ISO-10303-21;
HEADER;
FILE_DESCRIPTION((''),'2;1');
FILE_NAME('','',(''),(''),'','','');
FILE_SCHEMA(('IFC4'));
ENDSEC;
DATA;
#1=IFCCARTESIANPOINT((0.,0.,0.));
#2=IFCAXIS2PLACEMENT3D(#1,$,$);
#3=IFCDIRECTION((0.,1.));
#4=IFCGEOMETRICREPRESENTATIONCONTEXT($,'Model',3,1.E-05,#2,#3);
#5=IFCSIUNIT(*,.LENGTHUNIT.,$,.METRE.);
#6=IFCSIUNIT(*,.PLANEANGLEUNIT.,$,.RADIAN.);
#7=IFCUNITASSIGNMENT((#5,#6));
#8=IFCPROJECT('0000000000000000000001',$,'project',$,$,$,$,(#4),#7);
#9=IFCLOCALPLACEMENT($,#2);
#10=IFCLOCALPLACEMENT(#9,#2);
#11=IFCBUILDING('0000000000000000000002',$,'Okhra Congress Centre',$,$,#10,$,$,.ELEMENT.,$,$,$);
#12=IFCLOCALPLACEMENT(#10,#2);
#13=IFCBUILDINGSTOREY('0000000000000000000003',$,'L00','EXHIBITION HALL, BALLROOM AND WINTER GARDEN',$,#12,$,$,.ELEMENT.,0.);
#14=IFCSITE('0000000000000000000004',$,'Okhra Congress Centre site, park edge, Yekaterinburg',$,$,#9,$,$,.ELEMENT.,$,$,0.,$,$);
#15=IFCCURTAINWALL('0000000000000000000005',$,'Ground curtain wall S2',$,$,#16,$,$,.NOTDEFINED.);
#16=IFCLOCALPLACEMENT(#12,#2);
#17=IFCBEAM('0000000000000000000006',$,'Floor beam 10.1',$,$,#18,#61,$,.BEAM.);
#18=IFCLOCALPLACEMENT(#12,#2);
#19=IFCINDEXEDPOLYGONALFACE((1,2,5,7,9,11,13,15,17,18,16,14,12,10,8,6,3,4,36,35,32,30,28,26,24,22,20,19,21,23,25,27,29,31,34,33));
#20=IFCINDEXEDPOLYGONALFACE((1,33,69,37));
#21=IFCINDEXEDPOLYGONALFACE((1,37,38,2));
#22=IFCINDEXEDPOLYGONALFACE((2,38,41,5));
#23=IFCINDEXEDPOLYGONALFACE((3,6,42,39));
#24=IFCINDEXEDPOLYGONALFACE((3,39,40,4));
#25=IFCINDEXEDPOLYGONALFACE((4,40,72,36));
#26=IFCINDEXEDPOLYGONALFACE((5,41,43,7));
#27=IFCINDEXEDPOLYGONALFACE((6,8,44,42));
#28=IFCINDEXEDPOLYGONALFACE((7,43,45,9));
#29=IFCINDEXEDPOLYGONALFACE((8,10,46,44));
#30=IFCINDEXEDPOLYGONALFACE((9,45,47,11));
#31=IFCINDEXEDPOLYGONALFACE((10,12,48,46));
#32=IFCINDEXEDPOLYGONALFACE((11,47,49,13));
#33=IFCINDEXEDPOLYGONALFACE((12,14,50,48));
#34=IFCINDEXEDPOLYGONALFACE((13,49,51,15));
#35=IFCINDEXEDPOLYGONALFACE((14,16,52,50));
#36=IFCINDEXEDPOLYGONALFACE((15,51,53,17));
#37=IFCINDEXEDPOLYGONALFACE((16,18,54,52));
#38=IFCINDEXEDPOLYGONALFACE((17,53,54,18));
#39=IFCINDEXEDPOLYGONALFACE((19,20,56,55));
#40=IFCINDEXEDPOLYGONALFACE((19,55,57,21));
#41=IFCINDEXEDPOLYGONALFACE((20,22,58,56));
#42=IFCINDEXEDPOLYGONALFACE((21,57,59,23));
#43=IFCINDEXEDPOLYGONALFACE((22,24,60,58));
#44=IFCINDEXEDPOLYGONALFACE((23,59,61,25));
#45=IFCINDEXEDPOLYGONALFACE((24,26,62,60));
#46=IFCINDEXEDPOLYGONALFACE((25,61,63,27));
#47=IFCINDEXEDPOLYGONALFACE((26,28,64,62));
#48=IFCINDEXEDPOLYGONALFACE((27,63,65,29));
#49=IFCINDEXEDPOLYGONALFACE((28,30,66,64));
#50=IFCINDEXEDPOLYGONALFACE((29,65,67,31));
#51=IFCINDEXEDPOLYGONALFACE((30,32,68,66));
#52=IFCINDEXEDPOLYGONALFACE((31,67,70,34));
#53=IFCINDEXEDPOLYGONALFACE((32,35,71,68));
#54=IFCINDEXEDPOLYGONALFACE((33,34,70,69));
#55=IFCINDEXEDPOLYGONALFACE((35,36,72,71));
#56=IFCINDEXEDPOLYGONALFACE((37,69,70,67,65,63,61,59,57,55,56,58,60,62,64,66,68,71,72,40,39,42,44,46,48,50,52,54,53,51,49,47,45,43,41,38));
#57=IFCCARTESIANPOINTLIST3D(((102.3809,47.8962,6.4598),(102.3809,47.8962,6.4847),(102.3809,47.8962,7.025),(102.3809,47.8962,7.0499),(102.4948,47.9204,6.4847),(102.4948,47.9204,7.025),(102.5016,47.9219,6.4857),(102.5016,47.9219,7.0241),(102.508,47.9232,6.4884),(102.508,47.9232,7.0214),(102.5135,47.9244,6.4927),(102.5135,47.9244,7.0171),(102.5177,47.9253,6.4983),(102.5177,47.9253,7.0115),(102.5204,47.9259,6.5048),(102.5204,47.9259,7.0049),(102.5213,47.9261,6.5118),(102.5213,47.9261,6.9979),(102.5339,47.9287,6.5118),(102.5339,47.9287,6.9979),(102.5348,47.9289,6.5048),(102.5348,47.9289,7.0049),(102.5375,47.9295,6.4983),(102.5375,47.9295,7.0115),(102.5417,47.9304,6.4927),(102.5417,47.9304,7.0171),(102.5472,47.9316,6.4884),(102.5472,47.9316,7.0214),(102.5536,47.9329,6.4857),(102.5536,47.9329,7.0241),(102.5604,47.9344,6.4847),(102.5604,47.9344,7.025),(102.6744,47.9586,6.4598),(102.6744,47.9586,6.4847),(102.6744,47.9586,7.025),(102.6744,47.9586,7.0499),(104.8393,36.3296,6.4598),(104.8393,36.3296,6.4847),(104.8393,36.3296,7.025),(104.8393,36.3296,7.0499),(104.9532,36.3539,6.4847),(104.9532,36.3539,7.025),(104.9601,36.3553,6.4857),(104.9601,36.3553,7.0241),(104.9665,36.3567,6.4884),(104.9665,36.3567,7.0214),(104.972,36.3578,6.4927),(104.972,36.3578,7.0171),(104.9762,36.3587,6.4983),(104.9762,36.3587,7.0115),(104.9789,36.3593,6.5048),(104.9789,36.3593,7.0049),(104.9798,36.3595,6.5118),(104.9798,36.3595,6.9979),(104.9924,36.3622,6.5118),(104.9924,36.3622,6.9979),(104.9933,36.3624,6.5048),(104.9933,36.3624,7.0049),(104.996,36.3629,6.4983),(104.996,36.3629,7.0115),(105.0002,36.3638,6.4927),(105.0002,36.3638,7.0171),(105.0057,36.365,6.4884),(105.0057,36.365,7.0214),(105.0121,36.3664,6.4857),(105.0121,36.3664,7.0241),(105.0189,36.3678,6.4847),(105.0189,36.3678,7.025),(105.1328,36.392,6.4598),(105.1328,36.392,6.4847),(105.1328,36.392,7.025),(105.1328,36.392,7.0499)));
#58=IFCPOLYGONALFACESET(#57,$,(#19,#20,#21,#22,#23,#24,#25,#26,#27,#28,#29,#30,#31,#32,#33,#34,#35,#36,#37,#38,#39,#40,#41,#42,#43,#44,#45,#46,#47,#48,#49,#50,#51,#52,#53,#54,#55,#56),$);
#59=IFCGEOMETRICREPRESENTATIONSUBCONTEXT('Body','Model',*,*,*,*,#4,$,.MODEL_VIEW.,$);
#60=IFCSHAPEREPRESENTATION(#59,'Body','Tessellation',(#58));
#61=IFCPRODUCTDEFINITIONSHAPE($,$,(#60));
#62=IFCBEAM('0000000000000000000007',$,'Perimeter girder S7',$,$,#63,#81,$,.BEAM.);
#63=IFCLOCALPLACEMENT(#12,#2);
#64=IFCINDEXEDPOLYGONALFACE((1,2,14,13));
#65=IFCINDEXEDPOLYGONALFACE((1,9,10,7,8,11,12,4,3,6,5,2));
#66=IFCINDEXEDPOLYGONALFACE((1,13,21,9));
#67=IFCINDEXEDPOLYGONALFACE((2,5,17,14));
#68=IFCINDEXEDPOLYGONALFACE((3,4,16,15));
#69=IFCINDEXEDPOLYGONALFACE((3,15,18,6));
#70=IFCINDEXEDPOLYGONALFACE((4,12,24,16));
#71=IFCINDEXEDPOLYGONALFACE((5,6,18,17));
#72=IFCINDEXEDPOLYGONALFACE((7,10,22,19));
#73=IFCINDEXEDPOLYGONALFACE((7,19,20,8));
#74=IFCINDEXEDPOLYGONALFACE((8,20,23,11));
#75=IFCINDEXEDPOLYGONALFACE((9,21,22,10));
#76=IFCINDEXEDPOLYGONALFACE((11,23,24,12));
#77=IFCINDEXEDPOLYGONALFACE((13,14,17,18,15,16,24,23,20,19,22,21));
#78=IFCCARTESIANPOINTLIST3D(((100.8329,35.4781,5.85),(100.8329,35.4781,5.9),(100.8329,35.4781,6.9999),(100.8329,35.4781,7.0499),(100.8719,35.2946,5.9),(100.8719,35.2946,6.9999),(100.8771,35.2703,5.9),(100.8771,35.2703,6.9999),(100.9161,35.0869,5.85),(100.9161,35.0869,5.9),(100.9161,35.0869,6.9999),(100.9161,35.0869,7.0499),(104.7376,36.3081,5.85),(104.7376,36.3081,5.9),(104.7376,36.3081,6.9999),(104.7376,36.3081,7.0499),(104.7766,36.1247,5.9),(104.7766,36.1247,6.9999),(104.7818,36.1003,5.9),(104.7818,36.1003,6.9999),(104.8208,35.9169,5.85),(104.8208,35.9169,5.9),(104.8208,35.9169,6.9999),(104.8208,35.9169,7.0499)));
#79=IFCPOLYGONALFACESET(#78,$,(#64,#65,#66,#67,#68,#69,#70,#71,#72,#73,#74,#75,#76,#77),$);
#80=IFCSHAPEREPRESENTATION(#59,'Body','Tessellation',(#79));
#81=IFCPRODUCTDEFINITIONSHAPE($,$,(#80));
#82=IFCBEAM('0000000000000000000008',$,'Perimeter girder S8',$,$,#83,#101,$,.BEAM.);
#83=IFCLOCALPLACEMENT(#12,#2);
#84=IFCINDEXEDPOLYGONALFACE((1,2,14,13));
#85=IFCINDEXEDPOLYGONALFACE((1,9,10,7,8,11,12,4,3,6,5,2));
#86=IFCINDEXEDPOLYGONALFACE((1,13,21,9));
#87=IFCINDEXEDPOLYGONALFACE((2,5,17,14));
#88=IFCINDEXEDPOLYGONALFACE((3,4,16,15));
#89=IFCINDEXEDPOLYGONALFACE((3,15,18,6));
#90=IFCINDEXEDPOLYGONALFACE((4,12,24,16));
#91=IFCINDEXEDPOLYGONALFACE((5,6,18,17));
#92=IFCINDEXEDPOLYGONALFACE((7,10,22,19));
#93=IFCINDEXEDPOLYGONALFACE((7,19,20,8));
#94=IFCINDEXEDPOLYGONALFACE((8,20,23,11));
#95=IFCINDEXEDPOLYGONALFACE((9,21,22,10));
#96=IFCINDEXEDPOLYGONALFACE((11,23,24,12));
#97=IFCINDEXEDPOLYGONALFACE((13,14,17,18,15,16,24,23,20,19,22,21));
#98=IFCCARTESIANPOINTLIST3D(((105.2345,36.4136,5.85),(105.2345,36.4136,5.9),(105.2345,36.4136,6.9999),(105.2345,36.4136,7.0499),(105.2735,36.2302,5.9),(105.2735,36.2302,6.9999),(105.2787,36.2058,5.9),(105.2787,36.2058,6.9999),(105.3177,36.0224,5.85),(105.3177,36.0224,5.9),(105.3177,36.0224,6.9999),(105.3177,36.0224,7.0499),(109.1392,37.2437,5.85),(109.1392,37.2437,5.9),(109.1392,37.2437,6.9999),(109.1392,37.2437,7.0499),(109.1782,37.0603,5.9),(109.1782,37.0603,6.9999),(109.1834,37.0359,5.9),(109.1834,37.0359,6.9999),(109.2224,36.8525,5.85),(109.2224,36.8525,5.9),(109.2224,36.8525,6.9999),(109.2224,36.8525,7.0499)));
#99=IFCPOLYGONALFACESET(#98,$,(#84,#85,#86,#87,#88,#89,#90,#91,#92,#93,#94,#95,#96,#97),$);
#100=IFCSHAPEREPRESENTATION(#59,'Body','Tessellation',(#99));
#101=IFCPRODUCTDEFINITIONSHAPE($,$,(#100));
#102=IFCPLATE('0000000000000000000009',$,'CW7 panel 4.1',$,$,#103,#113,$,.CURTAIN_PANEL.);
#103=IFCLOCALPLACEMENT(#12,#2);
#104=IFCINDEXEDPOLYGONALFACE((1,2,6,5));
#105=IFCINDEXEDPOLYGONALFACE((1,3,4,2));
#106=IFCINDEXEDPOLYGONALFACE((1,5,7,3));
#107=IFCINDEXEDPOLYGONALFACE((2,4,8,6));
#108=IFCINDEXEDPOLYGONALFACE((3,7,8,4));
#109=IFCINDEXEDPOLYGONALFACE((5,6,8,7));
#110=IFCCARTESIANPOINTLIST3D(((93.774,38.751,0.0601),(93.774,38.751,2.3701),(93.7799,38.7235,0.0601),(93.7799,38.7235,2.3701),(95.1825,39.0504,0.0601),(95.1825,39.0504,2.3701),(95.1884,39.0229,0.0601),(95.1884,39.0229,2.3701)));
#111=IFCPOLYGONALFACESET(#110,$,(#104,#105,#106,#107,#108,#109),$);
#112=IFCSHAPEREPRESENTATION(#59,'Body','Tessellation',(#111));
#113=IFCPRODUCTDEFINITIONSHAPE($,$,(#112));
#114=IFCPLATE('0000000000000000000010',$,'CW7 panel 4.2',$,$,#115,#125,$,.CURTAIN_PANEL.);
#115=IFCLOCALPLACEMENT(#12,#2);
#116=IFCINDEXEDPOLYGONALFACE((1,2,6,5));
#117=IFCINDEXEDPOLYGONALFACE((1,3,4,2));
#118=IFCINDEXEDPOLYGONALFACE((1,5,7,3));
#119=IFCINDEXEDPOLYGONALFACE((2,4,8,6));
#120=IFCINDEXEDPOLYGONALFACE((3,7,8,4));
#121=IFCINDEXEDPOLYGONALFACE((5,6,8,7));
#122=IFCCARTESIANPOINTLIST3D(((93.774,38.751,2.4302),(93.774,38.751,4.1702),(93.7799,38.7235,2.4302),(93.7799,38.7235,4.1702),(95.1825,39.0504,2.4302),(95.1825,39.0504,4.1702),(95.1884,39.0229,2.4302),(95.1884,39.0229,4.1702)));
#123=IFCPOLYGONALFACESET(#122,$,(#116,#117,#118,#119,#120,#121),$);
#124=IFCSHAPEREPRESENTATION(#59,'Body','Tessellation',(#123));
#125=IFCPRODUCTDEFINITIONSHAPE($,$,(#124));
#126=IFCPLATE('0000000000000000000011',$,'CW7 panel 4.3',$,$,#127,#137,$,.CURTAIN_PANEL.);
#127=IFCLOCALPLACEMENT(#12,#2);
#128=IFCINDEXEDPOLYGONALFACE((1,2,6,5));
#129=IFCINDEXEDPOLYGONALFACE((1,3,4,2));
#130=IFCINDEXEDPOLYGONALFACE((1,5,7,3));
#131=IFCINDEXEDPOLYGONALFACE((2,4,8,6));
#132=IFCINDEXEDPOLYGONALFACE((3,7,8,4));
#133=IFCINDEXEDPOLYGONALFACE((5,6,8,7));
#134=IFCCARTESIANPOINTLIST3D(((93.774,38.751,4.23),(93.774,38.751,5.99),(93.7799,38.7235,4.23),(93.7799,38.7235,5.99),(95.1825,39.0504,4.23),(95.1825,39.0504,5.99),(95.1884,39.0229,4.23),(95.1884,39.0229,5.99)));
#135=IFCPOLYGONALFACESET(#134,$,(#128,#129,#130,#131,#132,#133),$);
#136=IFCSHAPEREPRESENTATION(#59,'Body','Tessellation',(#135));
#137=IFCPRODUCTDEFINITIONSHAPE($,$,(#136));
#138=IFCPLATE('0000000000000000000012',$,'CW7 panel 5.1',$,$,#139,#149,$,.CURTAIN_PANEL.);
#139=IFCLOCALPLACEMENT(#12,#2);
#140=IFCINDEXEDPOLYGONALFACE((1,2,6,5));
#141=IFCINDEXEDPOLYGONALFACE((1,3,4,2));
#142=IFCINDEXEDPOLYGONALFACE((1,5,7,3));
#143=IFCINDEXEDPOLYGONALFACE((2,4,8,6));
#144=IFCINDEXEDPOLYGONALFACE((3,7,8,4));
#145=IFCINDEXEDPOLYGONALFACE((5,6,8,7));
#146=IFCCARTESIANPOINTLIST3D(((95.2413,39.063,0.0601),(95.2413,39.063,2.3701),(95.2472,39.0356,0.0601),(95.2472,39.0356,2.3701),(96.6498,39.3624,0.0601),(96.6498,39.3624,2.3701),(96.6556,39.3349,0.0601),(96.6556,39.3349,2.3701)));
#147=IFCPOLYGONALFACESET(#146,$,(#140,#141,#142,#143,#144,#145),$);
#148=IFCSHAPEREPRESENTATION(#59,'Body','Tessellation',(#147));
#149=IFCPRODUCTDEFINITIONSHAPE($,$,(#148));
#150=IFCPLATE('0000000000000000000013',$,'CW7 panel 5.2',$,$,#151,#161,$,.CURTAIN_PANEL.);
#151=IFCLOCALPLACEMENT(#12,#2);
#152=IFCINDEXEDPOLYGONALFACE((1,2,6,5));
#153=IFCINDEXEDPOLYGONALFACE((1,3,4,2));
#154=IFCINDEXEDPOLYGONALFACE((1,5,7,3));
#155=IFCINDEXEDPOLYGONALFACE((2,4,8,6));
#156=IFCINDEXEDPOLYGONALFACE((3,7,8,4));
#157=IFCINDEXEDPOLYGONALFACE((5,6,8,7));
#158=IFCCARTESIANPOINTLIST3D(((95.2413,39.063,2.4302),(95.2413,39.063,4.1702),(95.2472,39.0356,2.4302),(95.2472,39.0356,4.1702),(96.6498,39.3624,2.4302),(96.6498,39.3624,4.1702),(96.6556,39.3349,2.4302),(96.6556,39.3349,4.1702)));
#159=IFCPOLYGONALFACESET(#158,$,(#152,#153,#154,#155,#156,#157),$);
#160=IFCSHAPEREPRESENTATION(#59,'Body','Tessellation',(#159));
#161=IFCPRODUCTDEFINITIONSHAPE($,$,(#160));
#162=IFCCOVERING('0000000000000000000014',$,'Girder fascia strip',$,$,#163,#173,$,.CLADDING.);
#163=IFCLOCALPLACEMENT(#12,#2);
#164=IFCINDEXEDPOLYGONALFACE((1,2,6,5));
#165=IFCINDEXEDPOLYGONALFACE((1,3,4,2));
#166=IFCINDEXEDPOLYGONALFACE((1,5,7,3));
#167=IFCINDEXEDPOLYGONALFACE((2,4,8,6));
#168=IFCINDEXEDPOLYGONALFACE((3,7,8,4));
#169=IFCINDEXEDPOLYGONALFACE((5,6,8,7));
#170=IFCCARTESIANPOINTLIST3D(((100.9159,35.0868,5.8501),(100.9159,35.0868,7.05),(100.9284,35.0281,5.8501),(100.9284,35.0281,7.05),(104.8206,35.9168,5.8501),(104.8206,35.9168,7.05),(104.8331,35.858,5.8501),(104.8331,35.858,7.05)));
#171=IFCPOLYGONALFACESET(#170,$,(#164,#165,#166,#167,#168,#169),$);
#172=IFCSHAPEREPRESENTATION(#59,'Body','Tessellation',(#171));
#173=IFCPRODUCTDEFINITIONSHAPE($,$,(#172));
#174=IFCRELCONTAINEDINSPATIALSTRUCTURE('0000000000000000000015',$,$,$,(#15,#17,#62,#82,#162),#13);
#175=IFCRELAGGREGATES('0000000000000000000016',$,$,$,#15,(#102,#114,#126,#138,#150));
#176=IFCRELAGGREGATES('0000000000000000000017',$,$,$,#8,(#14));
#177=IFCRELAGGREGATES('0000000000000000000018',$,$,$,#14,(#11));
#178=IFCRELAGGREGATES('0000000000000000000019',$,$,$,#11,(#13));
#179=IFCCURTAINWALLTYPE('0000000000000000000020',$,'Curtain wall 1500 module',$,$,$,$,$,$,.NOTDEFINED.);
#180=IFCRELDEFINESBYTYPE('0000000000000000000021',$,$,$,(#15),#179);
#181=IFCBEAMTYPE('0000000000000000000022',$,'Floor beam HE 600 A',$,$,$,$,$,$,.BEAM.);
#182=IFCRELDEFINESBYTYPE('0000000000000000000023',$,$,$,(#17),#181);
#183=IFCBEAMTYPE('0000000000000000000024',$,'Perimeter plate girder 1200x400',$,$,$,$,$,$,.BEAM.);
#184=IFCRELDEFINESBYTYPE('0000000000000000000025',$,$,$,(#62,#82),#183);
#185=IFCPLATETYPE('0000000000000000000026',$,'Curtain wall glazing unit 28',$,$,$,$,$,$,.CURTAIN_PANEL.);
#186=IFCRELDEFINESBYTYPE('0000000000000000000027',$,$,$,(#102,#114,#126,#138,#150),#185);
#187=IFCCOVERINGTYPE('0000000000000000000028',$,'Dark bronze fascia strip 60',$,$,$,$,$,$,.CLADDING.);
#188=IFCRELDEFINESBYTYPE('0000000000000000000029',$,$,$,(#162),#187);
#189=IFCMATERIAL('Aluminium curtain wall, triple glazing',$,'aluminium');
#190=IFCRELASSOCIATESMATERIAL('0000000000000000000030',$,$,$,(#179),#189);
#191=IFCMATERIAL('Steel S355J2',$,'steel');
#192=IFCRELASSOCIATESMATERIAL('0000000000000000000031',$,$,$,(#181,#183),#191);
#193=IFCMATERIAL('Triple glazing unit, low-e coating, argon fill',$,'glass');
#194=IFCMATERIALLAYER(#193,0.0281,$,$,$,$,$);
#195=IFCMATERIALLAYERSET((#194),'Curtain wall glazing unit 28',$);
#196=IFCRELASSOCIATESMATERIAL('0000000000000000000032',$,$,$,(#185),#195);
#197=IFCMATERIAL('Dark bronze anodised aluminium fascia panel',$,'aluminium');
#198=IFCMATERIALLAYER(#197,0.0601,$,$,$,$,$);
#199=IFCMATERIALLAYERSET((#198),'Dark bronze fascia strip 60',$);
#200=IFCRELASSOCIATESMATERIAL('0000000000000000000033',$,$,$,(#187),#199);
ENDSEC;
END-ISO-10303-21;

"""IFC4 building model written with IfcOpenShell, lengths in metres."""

from ifc_helpers import new_model, si_unit, direction, frame, origin, origin_2d, place, context, subcontext, project, spatial, rectangle, i_section, extrude, material, layer, layer_set, material_profile, profile_set, type_object, element, aggregate, save


model = new_model("IFC4")

# Units and contexts
model_context = context("Model", 3, precision=1e-05, world=origin(), true_north=direction((0.0, 1.0)))
body_context = subcontext(model_context, "Body", "Model", "MODEL_VIEW")
ifc_project = project(units=[si_unit("LENGTHUNIT", "METRE"), si_unit("PLANEANGLEUNIT", "RADIAN")], contexts=[model_context])

# Site, building, storey
site_placement = place(None, origin())
site = spatial("IfcSite", under=ifc_project, at=site_placement, Name="Okhra Congress Centre site, park edge, Yekaterinburg", CompositionType="ELEMENT", RefElevation=0.0)
building_placement = place(site_placement, origin())
building = spatial("IfcBuilding", under=site, at=building_placement, Name="Okhra Congress Centre", CompositionType="ELEMENT")
storey_placement = place(building_placement, origin())
storey = spatial("IfcBuildingStorey", under=building, at=storey_placement, Name="L00", Description="EXHIBITION HALL, BALLROOM AND WINTER GARDEN", CompositionType="ELEMENT", Elevation=0.0)

# Curtain wall
ifc_material_1 = material(Name="Aluminium curtain wall, triple glazing", Category="aluminium")
curtain_wall_type = type_object("IfcCurtainWallType", Name="Curtain wall 1500 module", PredefinedType="NOTDEFINED", material=ifc_material_1)
curtain_wall_placement = place(storey_placement, origin())
curtain_wall = element("IfcCurtainWall", 1, at=curtain_wall_placement, inside=storey, type_object=curtain_wall_type, Name="Ground curtain wall S2", PredefinedType="NOTDEFINED")

# Beams
ifc_material_2 = material(Name="Steel S355J2", Category="steel")
ifc_material_profile_1 = material_profile(ifc_material_2, i_section(OverallWidth=0.3, OverallDepth=0.5901, WebThickness=0.0129, FlangeThickness=0.0249, FilletRadius=0.0271, at=origin_2d()), Name="HE 600 A")
ifc_profile_set_1 = profile_set([ifc_material_profile_1], Name="Steel S355J2")
beam_type_1 = type_object("IfcBeamType", Name="Floor beam HE 600 A", PredefinedType="BEAM", material=ifc_profile_set_1)
beam_1_placement = place(storey_placement, frame((104.9861, 36.3608, 6.7549), z_axis=(-0.207906, 0.978149, 0.0), x_axis=(-0.978149, -0.207906, 0.0)))
element("IfcBeam", 2, at=beam_1_placement, inside=storey, type_object=beam_type_1, Name="Floor beam 10.1", PredefinedType="BEAM", context=body_context, shape_type="SweptSolid", body=[
    extrude(i_section(OverallWidth=0.3, OverallDepth=0.5901, WebThickness=0.0129, FlangeThickness=0.0249, FilletRadius=0.0271, at=origin_2d()), origin(), (0.0, 0.0, 1.0), 11.825),
])
ifc_material_profile_2 = material_profile(ifc_material_2, i_section(OverallWidth=0.3999, OverallDepth=1.2, WebThickness=0.0249, FlangeThickness=0.05, at=origin_2d()), Name="Plate girder 1200x400")
ifc_profile_set_2 = profile_set([ifc_material_profile_2], Name="Steel S355J2")
beam_type_2 = type_object("IfcBeamType", Name="Perimeter plate girder 1200x400", PredefinedType="BEAM", material=ifc_profile_set_2)
for number, where, z_axis, x_axis, name in (
    (3, (100.8745, 35.2825, 6.45), (0.978143, 0.207933, 0.0), (-0.207933, 0.978143, 0.0), "Perimeter girder S7"),
    (4, (105.2761, 36.218, 6.45), (0.978143, 0.207933, 0.0), (-0.207933, 0.978143, 0.0), "Perimeter girder S8"),
):
    element("IfcBeam", number, at=place(storey_placement, frame(where, z_axis=z_axis, x_axis=x_axis)), inside=storey, type_object=beam_type_2, Name=name, PredefinedType="BEAM", context=body_context, shape_type="SweptSolid", body=[
        extrude(i_section(OverallWidth=0.3999, OverallDepth=1.2, WebThickness=0.0249, FlangeThickness=0.05, at=origin_2d()), origin(), (0.0, 0.0, 1.0), 3.9919),
    ])

# Plates
ifc_material_3 = material(Name="Triple glazing unit, low-e coating, argon fill", Category="glass")
ifc_layer_1 = layer(ifc_material_3, 0.0281)
ifc_layer_set_1 = layer_set([ifc_layer_1], Name="Curtain wall glazing unit 28")
plate_type = type_object("IfcPlateType", Name="Curtain wall glazing unit 28", PredefinedType="CURTAIN_PANEL", material=ifc_layer_set_1)
plate_1_placement = place(storey_placement, frame((94.4812, 38.887, 0.0601), z_axis=(0.0, 0.0, 1.0), x_axis=(0.978148, 0.207912, 0.0)))
plate_1 = element("IfcPlate", 5, at=plate_1_placement, type_object=plate_type, Name="CW7 panel 4.1", PredefinedType="CURTAIN_PANEL", context=body_context, shape_type="SweptSolid", body=[
    extrude(rectangle(XDim=1.4399, YDim=0.0281, at=origin_2d()), origin(), (0.0, 0.0, 1.0), 2.3101),
])
plate_2_placement = place(storey_placement, frame((94.4812, 38.887, 2.4302), z_axis=(0.0, 0.0, 1.0), x_axis=(0.978148, 0.207912, 0.0)))
plate_2 = element("IfcPlate", 6, at=plate_2_placement, type_object=plate_type, Name="CW7 panel 4.2", PredefinedType="CURTAIN_PANEL", context=body_context, shape_type="SweptSolid", body=[
    extrude(rectangle(XDim=1.4399, YDim=0.0281, at=origin_2d()), origin(), (0.0, 0.0, 1.0), 1.74),
])
plate_3_placement = place(storey_placement, frame((94.4812, 38.887, 4.23), z_axis=(0.0, 0.0, 1.0), x_axis=(0.978148, 0.207912, 0.0)))
plate_3 = element("IfcPlate", 7, at=plate_3_placement, type_object=plate_type, Name="CW7 panel 4.3", PredefinedType="CURTAIN_PANEL", context=body_context, shape_type="SweptSolid", body=[
    extrude(rectangle(XDim=1.4399, YDim=0.0281, at=origin_2d()), origin(), (0.0, 0.0, 1.0), 1.76),
])
plate_4_placement = place(storey_placement, frame((95.9485, 39.199, 0.0601), z_axis=(0.0, 0.0, 1.0), x_axis=(0.978148, 0.207912, 0.0)))
plate_4 = element("IfcPlate", 8, at=plate_4_placement, type_object=plate_type, Name="CW7 panel 5.1", PredefinedType="CURTAIN_PANEL", context=body_context, shape_type="SweptSolid", body=[
    extrude(rectangle(XDim=1.4399, YDim=0.0281, at=origin_2d()), origin(), (0.0, 0.0, 1.0), 2.3101),
])
plate_5_placement = place(storey_placement, frame((95.9485, 39.199, 2.4302), z_axis=(0.0, 0.0, 1.0), x_axis=(0.978148, 0.207912, 0.0)))
plate_5 = element("IfcPlate", 9, at=plate_5_placement, type_object=plate_type, Name="CW7 panel 5.2", PredefinedType="CURTAIN_PANEL", context=body_context, shape_type="SweptSolid", body=[
    extrude(rectangle(XDim=1.4399, YDim=0.0281, at=origin_2d()), origin(), (0.0, 0.0, 1.0), 1.74),
])
aggregate(curtain_wall, [plate_1, plate_2, plate_3, plate_4, plate_5])

# Covering
ifc_material_4 = material(Name="Dark bronze anodised aluminium fascia panel", Category="aluminium")
ifc_layer_2 = layer(ifc_material_4, 0.0601)
ifc_layer_set_2 = layer_set([ifc_layer_2], Name="Dark bronze fascia strip 60")
covering_type = type_object("IfcCoveringType", Name="Dark bronze fascia strip 60", PredefinedType="CLADDING", material=ifc_layer_set_2)
covering_placement = place(storey_placement, frame((102.8745, 35.4724, 5.8501), z_axis=(0.0, 0.0, 1.0), x_axis=(0.978148, 0.207912, 0.0)))
element("IfcCovering", 10, at=covering_placement, inside=storey, type_object=covering_type, Name="Girder fascia strip", PredefinedType="CLADDING", context=body_context, shape_type="SweptSolid", body=[
    extrude(rectangle(XDim=3.9919, YDim=0.0601, at=origin_2d()), origin(), (0.0, 0.0, 1.0), 1.2),
])

save(model, "model.ifc")
